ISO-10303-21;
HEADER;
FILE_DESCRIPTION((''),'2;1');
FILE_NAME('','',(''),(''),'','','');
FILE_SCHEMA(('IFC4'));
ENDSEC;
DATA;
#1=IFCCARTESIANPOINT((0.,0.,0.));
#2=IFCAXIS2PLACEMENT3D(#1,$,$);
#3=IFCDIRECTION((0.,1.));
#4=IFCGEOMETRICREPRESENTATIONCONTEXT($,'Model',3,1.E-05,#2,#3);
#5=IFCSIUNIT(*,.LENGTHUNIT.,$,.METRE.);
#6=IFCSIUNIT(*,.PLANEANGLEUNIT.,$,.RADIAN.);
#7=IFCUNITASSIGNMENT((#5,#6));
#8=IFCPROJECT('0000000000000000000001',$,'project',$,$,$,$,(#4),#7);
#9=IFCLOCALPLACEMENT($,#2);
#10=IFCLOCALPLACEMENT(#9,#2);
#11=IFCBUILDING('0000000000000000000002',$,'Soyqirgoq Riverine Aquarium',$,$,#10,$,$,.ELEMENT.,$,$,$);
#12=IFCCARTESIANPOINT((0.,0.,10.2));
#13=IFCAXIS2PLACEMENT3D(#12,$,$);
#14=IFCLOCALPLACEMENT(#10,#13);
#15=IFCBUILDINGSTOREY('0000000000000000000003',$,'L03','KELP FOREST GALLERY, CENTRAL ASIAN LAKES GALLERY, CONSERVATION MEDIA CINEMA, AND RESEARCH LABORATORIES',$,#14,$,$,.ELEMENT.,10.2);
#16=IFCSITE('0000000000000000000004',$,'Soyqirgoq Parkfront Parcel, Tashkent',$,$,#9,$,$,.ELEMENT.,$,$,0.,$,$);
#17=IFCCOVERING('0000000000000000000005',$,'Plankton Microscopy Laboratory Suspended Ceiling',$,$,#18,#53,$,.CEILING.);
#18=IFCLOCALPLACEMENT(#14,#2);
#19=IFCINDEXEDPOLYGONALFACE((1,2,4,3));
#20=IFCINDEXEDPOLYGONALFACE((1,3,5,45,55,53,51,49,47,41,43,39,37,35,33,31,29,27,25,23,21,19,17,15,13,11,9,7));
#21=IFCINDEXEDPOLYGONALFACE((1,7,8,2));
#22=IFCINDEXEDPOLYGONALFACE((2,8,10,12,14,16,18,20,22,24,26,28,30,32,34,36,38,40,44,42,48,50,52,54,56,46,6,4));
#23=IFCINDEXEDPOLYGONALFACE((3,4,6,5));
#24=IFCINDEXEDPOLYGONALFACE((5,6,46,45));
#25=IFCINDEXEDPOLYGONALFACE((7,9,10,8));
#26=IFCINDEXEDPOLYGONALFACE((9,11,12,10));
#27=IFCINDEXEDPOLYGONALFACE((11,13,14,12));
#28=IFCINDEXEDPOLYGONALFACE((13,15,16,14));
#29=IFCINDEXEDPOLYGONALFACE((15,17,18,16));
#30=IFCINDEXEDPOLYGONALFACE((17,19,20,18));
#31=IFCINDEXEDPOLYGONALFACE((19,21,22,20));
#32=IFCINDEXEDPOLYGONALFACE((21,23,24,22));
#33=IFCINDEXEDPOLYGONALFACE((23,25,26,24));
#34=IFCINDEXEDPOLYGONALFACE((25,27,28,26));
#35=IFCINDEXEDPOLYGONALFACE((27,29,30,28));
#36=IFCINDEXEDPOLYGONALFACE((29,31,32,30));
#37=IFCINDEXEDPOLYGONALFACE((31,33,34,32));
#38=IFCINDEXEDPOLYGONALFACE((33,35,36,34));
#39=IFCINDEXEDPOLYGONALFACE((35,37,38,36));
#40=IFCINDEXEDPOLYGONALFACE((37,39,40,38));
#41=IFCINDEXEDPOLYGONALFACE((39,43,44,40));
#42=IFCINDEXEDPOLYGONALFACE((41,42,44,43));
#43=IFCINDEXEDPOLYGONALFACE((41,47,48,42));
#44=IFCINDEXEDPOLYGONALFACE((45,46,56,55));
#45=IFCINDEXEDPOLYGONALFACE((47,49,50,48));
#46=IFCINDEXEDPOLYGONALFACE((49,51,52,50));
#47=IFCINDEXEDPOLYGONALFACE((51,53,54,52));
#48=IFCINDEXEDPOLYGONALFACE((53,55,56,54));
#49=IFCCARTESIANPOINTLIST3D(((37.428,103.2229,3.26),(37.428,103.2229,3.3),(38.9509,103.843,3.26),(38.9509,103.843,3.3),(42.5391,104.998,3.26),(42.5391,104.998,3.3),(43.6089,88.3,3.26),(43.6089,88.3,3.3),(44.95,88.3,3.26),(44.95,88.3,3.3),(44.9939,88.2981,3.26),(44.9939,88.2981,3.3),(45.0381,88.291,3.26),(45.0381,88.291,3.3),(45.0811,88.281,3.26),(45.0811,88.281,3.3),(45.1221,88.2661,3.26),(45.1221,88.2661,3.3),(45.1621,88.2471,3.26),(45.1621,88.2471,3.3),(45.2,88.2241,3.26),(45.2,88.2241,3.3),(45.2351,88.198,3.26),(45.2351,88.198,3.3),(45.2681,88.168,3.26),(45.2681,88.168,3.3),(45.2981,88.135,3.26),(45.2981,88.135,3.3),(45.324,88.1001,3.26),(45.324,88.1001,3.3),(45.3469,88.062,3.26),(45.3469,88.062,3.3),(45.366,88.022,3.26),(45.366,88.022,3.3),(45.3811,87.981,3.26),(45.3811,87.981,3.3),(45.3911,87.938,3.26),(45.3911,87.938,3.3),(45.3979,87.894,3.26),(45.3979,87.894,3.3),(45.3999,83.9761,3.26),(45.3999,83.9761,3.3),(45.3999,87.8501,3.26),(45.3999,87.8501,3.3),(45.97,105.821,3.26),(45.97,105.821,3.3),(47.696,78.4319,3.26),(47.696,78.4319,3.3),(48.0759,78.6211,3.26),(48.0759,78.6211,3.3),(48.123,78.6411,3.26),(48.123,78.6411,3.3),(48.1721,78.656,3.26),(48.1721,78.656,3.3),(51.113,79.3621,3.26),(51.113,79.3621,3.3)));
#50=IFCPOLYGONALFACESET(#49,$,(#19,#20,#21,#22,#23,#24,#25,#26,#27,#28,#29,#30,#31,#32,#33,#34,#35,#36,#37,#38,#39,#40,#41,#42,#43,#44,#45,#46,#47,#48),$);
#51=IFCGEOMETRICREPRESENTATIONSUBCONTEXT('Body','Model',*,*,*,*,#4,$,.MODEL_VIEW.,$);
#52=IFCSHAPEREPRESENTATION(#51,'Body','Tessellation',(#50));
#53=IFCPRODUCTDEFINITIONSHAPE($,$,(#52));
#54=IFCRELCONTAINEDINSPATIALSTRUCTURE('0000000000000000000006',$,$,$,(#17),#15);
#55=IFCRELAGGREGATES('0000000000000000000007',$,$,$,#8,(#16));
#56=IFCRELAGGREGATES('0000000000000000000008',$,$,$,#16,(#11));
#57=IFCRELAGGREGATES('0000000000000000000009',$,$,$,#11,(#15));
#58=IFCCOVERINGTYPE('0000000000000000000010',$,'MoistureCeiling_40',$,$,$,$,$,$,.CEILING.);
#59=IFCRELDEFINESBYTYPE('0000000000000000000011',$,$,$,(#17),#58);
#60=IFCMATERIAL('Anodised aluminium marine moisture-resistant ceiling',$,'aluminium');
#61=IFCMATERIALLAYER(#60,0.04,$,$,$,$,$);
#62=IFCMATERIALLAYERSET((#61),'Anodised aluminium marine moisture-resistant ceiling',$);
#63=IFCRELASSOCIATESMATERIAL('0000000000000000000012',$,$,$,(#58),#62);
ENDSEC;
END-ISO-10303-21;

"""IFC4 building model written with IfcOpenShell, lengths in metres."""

from ifc_helpers import new_model, si_unit, direction, frame, origin, place, context, subcontext, project, spatial, polyline, outline, extrude, material, layer, layer_set, type_object, element, save


model = new_model("IFC4")

# Units and contexts
model_context = context("Model", 3, precision=1e-05, world=origin(), true_north=direction((0.0, 1.0)))
body_context = subcontext(model_context, "Body", "Model", "MODEL_VIEW")
ifc_project = project(units=[si_unit("LENGTHUNIT", "METRE"), si_unit("PLANEANGLEUNIT", "RADIAN")], contexts=[model_context])

# Site, building, storey
site_placement = place(None, origin())
site = spatial("IfcSite", under=ifc_project, at=site_placement, Name="Soyqirgoq Parkfront Parcel, Tashkent", CompositionType="ELEMENT", RefElevation=0.0)
building_placement = place(site_placement, origin())
building = spatial("IfcBuilding", under=site, at=building_placement, Name="Soyqirgoq Riverine Aquarium", CompositionType="ELEMENT")
storey_placement = place(building_placement, frame((0.0, 0.0, 10.2)))
storey = spatial("IfcBuildingStorey", under=building, at=storey_placement, Name="L03", Description="KELP FOREST GALLERY, CENTRAL ASIAN LAKES GALLERY, CONSERVATION MEDIA CINEMA, AND RESEARCH LABORATORIES", CompositionType="ELEMENT", Elevation=10.2)

# Covering
ifc_material_1 = material(Name="Anodised aluminium marine moisture-resistant ceiling", Category="aluminium")
ifc_layer_1 = layer(ifc_material_1, 0.04)
ifc_layer_set_1 = layer_set([ifc_layer_1], Name="Anodised aluminium marine moisture-resistant ceiling")
covering_type_1 = type_object("IfcCoveringType", Name="MoistureCeiling_40", PredefinedType="CEILING", material=ifc_layer_set_1)
covering_1_placement = place(storey_placement, frame((0.0, 0.0, 3.26)))
element("IfcCovering", 1, at=covering_1_placement, inside=storey, type_object=covering_type_1, Name="Plankton Microscopy Laboratory Suspended Ceiling", PredefinedType="CEILING", context=body_context, shape_type="SweptSolid", body=[
    extrude(outline(polyline([(38.9509, 103.843), (42.5391, 104.998), (45.97, 105.821), (51.113, 79.3621), (48.1721, 78.656), (48.123, 78.6411), (48.0759, 78.6211), (47.696, 78.4319), (45.3999, 83.9761), (45.3999, 87.8501), (45.3979, 87.894), (45.3911, 87.938), (45.3811, 87.981), (45.366, 88.022), (45.3469, 88.062), (45.324, 88.1001), (45.2981, 88.135), (45.2681, 88.168), (45.2351, 88.198), (45.2, 88.2241), (45.1621, 88.2471), (45.1221, 88.2661), (45.0811, 88.281), (45.0381, 88.291), (44.9939, 88.2981), (44.95, 88.3), (43.6089, 88.3), (37.428, 103.2229), (38.9509, 103.843)])), origin(), (0.0, 0.0, 1.0), 0.04),
])

save(model, "model.ifc")
